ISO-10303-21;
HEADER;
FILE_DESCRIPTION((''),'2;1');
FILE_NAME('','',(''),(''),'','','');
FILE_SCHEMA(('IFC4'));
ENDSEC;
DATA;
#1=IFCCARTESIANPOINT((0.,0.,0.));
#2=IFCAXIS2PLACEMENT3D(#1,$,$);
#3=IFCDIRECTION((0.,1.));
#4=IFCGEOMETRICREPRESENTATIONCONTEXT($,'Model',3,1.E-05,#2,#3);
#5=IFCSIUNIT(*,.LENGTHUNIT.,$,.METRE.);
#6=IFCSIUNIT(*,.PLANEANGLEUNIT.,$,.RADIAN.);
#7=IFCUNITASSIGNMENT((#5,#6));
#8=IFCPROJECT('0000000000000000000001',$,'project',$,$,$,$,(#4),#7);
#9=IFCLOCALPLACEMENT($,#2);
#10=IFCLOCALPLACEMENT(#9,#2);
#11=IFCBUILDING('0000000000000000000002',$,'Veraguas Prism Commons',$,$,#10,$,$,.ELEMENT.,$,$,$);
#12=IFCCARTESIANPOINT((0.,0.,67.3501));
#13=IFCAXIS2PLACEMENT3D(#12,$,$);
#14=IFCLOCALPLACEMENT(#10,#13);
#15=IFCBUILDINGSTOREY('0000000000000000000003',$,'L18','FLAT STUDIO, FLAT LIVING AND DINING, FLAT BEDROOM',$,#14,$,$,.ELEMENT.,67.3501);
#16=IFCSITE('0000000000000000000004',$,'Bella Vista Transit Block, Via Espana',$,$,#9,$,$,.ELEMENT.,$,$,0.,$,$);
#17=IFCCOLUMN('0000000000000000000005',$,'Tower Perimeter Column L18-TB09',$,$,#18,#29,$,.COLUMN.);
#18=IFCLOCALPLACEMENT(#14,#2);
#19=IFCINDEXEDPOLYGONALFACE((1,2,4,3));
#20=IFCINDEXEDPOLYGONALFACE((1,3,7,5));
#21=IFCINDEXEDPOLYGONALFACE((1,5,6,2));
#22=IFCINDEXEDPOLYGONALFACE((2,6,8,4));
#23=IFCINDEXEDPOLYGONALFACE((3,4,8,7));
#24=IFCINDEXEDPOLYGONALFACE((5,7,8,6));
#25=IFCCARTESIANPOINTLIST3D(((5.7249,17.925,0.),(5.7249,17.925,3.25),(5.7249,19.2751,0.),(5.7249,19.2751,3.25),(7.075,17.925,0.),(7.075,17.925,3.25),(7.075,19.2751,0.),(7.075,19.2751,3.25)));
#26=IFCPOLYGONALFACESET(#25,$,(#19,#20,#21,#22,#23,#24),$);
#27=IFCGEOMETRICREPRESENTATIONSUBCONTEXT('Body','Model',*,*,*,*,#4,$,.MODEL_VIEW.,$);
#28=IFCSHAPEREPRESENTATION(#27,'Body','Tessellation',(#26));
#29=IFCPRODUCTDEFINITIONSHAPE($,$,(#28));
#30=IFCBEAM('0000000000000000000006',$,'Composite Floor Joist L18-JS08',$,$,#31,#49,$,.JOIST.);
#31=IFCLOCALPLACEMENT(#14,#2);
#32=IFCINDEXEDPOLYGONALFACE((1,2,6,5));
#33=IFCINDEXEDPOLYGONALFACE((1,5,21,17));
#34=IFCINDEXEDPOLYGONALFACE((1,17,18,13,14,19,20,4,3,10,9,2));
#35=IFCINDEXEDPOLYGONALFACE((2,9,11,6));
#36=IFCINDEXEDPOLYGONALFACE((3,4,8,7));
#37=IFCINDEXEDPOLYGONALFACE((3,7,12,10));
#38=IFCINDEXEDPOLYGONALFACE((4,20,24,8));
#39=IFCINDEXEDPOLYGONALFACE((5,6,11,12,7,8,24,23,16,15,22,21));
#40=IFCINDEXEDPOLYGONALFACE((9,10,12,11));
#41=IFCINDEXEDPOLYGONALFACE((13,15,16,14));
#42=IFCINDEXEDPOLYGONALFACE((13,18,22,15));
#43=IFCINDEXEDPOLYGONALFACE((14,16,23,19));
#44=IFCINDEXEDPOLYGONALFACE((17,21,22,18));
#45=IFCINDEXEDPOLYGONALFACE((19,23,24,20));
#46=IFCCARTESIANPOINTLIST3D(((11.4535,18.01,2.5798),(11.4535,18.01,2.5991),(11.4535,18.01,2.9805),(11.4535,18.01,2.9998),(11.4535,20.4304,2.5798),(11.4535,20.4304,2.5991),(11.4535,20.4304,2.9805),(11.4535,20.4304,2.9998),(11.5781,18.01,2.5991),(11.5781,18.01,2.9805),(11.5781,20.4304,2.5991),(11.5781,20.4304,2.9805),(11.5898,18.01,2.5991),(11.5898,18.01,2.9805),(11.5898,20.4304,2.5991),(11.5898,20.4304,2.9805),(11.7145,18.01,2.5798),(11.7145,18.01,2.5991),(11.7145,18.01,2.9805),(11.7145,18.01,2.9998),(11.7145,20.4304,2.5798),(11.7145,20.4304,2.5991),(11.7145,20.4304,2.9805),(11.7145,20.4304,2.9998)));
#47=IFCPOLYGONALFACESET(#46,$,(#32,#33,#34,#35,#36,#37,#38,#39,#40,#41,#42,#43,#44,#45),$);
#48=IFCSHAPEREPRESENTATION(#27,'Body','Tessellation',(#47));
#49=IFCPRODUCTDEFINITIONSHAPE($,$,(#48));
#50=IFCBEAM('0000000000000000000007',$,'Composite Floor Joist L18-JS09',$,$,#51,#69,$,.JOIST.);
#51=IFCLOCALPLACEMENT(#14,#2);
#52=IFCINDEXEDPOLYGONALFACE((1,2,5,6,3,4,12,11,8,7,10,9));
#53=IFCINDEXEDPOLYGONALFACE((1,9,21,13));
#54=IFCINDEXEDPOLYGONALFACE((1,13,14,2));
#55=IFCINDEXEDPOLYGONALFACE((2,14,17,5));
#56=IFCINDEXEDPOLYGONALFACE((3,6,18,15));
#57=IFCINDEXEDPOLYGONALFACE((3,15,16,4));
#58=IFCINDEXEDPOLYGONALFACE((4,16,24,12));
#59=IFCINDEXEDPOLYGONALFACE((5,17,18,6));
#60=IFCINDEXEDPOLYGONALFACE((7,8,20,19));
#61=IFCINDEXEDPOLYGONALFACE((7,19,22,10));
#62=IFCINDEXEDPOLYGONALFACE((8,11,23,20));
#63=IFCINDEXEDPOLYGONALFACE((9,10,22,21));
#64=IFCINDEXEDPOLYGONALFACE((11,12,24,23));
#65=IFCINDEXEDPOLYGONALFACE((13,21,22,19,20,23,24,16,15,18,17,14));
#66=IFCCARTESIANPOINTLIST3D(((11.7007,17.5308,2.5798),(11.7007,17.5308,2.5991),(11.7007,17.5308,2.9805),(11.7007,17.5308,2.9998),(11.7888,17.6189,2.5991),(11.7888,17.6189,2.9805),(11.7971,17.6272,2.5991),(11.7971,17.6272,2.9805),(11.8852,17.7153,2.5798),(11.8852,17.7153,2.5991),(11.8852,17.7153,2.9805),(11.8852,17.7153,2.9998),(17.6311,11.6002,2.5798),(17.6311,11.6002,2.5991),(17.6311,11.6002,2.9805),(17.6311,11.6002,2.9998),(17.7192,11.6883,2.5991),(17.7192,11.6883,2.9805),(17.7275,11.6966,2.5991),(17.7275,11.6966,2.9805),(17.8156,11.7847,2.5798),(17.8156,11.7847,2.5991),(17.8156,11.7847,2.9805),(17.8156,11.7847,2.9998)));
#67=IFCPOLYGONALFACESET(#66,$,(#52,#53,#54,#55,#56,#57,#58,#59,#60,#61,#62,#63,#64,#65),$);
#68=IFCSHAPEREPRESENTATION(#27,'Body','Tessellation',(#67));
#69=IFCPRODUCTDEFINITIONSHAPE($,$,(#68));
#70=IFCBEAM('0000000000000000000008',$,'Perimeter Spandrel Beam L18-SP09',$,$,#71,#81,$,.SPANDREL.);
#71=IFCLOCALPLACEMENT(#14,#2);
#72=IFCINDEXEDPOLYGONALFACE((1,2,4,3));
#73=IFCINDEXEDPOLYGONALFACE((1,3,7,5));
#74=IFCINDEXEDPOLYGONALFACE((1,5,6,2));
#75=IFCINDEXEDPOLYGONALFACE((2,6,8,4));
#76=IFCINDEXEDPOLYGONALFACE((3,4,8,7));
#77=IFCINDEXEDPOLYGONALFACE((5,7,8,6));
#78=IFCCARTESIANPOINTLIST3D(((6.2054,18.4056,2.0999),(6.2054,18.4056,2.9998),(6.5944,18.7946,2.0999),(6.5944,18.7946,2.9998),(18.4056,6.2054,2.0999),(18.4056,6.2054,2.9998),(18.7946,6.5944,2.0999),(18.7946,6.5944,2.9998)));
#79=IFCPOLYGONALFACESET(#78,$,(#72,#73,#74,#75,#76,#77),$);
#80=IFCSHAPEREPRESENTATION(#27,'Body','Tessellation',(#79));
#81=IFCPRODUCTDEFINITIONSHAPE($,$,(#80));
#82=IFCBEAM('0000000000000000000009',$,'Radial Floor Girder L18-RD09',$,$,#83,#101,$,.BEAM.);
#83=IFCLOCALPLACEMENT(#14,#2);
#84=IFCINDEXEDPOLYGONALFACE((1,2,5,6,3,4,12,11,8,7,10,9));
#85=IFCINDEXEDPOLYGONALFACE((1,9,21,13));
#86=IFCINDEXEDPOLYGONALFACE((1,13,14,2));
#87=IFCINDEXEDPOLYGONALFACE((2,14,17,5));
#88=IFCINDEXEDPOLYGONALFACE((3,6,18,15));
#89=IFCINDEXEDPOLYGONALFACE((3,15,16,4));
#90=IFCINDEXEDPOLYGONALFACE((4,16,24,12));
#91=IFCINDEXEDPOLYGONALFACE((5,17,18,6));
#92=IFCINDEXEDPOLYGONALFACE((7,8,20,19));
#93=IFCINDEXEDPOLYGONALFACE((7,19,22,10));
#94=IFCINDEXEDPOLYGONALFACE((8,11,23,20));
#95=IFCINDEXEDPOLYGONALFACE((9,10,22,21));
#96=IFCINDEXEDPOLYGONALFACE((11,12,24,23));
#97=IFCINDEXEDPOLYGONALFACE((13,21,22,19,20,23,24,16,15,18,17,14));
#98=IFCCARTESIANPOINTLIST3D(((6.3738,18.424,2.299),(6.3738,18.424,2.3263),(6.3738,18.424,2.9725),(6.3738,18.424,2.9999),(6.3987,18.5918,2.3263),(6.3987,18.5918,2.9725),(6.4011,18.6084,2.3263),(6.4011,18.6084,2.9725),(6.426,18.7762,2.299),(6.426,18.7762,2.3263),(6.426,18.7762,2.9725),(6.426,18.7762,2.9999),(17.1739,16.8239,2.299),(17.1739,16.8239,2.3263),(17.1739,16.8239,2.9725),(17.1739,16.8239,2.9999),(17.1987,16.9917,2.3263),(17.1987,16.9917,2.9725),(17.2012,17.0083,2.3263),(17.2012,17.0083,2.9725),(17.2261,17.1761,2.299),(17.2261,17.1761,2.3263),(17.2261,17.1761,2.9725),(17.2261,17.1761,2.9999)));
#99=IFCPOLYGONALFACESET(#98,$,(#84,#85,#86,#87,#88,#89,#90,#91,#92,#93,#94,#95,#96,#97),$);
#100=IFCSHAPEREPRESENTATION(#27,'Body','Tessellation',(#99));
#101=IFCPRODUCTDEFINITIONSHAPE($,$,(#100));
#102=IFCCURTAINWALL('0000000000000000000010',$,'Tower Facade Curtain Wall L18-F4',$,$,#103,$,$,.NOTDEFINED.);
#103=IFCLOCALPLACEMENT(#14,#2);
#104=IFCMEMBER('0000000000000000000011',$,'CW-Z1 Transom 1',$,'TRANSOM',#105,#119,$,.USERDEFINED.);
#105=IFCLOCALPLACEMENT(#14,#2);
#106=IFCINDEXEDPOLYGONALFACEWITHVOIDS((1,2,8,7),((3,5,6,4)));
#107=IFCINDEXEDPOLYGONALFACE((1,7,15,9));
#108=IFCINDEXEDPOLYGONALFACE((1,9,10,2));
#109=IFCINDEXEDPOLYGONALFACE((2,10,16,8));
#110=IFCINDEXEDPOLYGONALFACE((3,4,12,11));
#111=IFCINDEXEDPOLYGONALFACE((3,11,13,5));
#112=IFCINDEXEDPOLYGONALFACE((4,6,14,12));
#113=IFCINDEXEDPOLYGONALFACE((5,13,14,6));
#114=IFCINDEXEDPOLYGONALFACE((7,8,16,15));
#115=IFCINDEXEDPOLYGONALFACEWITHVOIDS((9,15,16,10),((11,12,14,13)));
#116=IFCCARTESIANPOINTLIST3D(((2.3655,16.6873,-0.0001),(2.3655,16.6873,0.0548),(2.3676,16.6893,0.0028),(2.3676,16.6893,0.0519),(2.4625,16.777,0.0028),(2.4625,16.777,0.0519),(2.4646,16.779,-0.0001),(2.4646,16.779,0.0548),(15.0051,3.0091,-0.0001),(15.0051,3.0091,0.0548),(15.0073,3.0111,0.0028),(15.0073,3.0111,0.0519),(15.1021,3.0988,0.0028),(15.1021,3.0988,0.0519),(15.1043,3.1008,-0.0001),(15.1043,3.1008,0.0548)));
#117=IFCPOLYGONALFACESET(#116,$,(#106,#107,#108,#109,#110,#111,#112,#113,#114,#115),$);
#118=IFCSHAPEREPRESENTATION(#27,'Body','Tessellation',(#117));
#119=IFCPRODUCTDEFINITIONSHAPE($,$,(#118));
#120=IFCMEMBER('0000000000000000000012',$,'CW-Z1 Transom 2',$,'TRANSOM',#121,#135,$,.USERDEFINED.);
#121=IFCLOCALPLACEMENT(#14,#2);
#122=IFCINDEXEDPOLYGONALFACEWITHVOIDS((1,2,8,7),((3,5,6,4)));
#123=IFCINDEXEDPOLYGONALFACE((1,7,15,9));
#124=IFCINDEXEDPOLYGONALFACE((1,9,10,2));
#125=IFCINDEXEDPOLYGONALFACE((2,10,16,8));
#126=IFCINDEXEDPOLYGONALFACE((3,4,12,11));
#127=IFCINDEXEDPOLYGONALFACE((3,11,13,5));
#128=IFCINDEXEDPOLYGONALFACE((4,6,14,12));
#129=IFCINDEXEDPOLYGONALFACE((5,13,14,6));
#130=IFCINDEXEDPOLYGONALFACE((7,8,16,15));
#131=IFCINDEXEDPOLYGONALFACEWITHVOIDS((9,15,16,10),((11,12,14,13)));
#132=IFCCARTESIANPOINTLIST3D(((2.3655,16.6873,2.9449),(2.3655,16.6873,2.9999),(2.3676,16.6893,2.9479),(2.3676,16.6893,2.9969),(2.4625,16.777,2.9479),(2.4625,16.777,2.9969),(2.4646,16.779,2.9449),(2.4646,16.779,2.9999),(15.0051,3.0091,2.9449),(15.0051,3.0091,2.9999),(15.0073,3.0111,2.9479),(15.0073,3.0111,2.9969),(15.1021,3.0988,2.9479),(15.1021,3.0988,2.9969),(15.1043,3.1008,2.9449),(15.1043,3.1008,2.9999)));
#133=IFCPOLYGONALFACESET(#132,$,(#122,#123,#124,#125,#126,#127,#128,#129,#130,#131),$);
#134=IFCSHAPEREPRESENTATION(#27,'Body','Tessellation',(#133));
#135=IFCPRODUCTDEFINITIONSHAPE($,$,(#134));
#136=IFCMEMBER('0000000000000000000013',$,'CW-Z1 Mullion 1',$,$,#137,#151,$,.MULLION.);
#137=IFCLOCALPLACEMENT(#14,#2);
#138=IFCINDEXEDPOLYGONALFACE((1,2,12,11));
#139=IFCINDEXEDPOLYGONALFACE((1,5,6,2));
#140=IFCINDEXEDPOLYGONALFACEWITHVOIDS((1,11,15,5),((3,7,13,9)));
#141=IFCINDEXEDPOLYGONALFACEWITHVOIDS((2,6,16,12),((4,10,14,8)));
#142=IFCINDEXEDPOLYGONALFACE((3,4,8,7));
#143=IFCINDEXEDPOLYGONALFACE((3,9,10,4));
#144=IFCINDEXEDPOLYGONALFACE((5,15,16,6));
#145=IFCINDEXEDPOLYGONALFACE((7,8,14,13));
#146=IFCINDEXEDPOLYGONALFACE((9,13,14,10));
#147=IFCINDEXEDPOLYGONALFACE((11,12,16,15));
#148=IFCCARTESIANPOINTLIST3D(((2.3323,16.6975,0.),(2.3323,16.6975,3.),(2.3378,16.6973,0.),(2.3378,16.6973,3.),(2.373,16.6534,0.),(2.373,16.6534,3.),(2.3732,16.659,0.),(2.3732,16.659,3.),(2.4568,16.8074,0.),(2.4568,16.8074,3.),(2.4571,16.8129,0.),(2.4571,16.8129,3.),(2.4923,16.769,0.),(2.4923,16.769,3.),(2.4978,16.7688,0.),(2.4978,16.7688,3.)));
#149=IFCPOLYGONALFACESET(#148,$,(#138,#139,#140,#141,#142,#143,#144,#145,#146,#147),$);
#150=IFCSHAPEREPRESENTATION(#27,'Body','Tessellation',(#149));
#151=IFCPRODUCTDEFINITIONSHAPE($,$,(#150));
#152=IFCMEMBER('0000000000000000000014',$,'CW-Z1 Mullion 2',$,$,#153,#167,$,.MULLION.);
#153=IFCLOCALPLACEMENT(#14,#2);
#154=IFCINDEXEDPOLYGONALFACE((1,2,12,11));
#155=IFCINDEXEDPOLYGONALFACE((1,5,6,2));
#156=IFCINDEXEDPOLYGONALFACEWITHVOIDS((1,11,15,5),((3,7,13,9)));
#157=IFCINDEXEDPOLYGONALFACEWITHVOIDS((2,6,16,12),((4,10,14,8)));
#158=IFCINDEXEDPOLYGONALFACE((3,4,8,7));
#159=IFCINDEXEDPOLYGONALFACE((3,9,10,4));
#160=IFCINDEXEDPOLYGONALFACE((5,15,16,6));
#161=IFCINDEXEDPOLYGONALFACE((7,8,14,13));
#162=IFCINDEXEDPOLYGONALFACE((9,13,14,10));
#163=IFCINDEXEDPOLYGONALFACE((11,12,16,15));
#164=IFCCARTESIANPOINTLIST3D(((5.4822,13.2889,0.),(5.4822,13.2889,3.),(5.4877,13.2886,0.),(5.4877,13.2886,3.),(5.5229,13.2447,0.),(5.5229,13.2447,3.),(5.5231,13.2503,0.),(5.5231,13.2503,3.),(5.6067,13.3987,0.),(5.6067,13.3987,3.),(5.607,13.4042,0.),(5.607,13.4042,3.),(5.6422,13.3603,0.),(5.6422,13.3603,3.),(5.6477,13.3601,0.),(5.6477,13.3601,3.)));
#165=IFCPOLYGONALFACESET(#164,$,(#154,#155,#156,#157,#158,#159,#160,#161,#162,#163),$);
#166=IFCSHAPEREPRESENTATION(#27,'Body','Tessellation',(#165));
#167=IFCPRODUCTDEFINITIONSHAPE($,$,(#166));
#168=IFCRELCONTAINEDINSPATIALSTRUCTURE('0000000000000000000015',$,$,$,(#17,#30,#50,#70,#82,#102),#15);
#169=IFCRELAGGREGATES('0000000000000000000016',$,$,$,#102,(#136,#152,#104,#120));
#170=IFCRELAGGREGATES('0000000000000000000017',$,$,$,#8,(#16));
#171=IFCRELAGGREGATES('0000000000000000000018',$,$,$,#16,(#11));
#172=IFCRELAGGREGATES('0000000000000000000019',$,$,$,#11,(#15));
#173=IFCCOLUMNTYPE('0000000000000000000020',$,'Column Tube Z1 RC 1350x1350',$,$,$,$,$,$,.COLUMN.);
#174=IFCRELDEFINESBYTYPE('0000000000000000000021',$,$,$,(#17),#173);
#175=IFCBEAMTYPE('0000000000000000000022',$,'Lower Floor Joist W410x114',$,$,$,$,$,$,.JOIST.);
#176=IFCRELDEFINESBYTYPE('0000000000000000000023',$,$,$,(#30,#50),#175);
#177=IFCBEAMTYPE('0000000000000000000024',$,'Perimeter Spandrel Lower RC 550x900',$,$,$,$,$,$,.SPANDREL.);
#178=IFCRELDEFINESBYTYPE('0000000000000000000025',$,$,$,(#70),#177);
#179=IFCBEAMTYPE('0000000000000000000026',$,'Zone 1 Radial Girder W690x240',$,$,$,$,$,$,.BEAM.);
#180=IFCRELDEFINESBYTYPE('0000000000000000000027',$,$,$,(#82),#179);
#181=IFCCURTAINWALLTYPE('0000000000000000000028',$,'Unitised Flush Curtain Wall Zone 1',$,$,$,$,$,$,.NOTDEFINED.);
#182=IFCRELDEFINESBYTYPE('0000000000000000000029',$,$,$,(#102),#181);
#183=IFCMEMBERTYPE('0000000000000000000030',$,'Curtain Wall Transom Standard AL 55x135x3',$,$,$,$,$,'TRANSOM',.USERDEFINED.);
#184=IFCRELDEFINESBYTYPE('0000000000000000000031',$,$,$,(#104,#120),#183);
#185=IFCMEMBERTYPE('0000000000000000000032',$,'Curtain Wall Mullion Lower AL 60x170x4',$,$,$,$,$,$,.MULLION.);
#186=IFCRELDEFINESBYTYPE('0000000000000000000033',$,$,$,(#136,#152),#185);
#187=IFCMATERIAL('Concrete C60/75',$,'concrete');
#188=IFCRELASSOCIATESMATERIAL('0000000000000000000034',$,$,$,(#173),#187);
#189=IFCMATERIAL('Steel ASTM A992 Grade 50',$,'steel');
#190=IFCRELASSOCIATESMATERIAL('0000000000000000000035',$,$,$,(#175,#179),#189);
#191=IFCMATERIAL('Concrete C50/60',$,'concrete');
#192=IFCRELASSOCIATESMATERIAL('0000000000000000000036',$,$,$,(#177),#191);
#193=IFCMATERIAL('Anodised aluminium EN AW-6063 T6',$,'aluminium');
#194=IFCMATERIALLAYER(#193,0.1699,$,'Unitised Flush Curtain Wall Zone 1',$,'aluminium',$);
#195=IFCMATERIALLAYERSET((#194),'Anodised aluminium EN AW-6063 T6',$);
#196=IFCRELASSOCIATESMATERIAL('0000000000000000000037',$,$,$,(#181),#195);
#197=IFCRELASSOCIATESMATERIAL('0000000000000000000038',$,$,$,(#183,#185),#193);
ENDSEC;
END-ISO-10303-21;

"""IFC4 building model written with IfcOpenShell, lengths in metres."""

from ifc_helpers import new_model, si_unit, direction, frame, origin, origin_2d, place, context, subcontext, project, spatial, rectangle, hollow_rectangle, i_section, extrude, source, transform, mapped, material, layer, layer_set, material_profile, profile_set, type_object, element, aggregate, save


model = new_model("IFC4")

# Units and contexts
model_context = context("Model", 3, precision=1e-05, world=origin(), true_north=direction((0.0, 1.0)))
body_context = subcontext(model_context, "Body", "Model", "MODEL_VIEW")
ifc_project = project(units=[si_unit("LENGTHUNIT", "METRE"), si_unit("PLANEANGLEUNIT", "RADIAN")], contexts=[model_context])

# Site, building, storey
site_placement = place(None, origin())
site = spatial("IfcSite", under=ifc_project, at=site_placement, Name="Bella Vista Transit Block, Via Espana", CompositionType="ELEMENT", RefElevation=0.0)
building_placement = place(site_placement, origin())
building = spatial("IfcBuilding", under=site, at=building_placement, Name="Veraguas Prism Commons", CompositionType="ELEMENT")
storey_placement = place(building_placement, frame((0.0, 0.0, 67.3501)))
storey = spatial("IfcBuildingStorey", under=building, at=storey_placement, Name="L18", Description="FLAT STUDIO, FLAT LIVING AND DINING, FLAT BEDROOM", CompositionType="ELEMENT", Elevation=67.3501)

# Column
ifc_material_1 = material(Name="Concrete C60/75", Category="concrete")
ifc_material_profile_1 = material_profile(ifc_material_1, rectangle(XDim=1.3501, YDim=1.3501, at=origin_2d()), Name="RC1350X1350")
ifc_profile_set_1 = profile_set([ifc_material_profile_1], Name="Concrete C60/75")
column_type = type_object("IfcColumnType", Name="Column Tube Z1 RC 1350x1350", PredefinedType="COLUMN", material=ifc_profile_set_1)
column_placement = place(storey_placement, frame((6.3999, 18.6001, 0.0), z_axis=(0.0, 0.0, 1.0), x_axis=(1.0, 0.0, 0.0)))
element("IfcColumn", 1, at=column_placement, inside=storey, type_object=column_type, Name="Tower Perimeter Column L18-TB09", PredefinedType="COLUMN", context=body_context, shape_type="SweptSolid", body=[
    extrude(rectangle(XDim=1.3501, YDim=1.3501, at=origin_2d()), origin(), (0.0, 0.0, 1.0), 3.25),
])

# Beams
ifc_material_2 = material(Name="Steel ASTM A992 Grade 50", Category="steel")
ifc_material_profile_2 = material_profile(ifc_material_2, i_section(OverallWidth=0.261, OverallDepth=0.4199, WebThickness=0.0117, FlangeThickness=0.0193, at=origin_2d()), Name="W410X114")
ifc_profile_set_2 = profile_set([ifc_material_profile_2], Name="Steel ASTM A992 Grade 50")
beam_type_1 = type_object("IfcBeamType", Name="Lower Floor Joist W410x114", PredefinedType="JOIST", material=ifc_profile_set_2)
beam_1_placement = place(storey_placement, frame((11.584, 20.4304, 2.7898), z_axis=(0.0, -1.0, 0.0), x_axis=(1.0, 0.0, 0.0)))
element("IfcBeam", 2, at=beam_1_placement, inside=storey, type_object=beam_type_1, Name="Composite Floor Joist L18-JS08", PredefinedType="JOIST", context=body_context, shape_type="SweptSolid", body=[
    extrude(i_section(OverallWidth=0.261, OverallDepth=0.4199, WebThickness=0.0117, FlangeThickness=0.0193, at=origin_2d()), origin(), (0.0, 0.0, 1.0), 2.4204),
])
beam_2_placement = place(storey_placement, frame((11.793, 17.623, 2.7898), z_axis=(0.707092, -0.707121, 0.0), x_axis=(0.707121, 0.707092, 0.0)))
element("IfcBeam", 3, at=beam_2_placement, inside=storey, type_object=beam_type_1, Name="Composite Floor Joist L18-JS09", PredefinedType="JOIST", context=body_context, shape_type="SweptSolid", body=[
    extrude(i_section(OverallWidth=0.261, OverallDepth=0.4199, WebThickness=0.0117, FlangeThickness=0.0193, at=origin_2d()), origin(), (0.0, 0.0, 1.0), 8.387),
])
ifc_material_3 = material(Name="Concrete C50/60", Category="concrete")
ifc_material_profile_3 = material_profile(ifc_material_3, rectangle(XDim=0.55, YDim=0.8999, at=origin_2d()), Name="RC550X900")
ifc_profile_set_3 = profile_set([ifc_material_profile_3], Name="Concrete C50/60")
beam_type_2 = type_object("IfcBeamType", Name="Perimeter Spandrel Lower RC 550x900", PredefinedType="SPANDREL", material=ifc_profile_set_3)
beam_3_placement = place(storey_placement, frame((6.3999, 18.6001, 2.5498), z_axis=(0.707107, -0.707107, 0.0), x_axis=(0.707107, 0.707107, 0.0)))
element("IfcBeam", 4, at=beam_3_placement, inside=storey, type_object=beam_type_2, Name="Perimeter Spandrel Beam L18-SP09", PredefinedType="SPANDREL", context=body_context, shape_type="SweptSolid", body=[
    extrude(rectangle(XDim=0.55, YDim=0.8999, at=origin_2d()), origin(), (0.0, 0.0, 1.0), 17.2537),
])
ifc_material_profile_4 = material_profile(ifc_material_2, i_section(OverallWidth=0.356, OverallDepth=0.7009, WebThickness=0.0168, FlangeThickness=0.0273, at=origin_2d()), Name="W690X240")
ifc_profile_set_4 = profile_set([ifc_material_profile_4], Name="Steel ASTM A992 Grade 50")
beam_type_3 = type_object("IfcBeamType", Name="Zone 1 Radial Girder W690x240", PredefinedType="BEAM", material=ifc_profile_set_4)
beam_4_placement = place(storey_placement, frame((6.3999, 18.6001, 2.6494), z_axis=(0.989202, -0.146557, 0.0), x_axis=(0.146557, 0.989202, 0.0)))
element("IfcBeam", 5, at=beam_4_placement, inside=storey, type_object=beam_type_3, Name="Radial Floor Girder L18-RD09", PredefinedType="BEAM", context=body_context, shape_type="SweptSolid", body=[
    extrude(i_section(OverallWidth=0.356, OverallDepth=0.7009, WebThickness=0.0168, FlangeThickness=0.0273, at=origin_2d()), origin(), (0.0, 0.0, 1.0), 10.918),
])

# Curtain wall, members
ifc_material_4 = material(Name="Anodised aluminium EN AW-6063 T6", Category="aluminium")
ifc_layer_1 = layer(ifc_material_4, 0.1699, Name="Unitised Flush Curtain Wall Zone 1", Category="aluminium")
ifc_layer_set_1 = layer_set([ifc_layer_1], Name="Anodised aluminium EN AW-6063 T6")
curtain_wall_type = type_object("IfcCurtainWallType", Name="Unitised Flush Curtain Wall Zone 1", PredefinedType="NOTDEFINED", material=ifc_layer_set_1)
curtain_wall_1_placement = place(storey_placement, origin())
curtain_wall_1 = element("IfcCurtainWall", 6, at=curtain_wall_1_placement, inside=storey, type_object=curtain_wall_type, Name="Tower Facade Curtain Wall L18-F4", PredefinedType="NOTDEFINED")
ifc_material_profile_5 = material_profile(ifc_material_4, hollow_rectangle(XDim=0.0549, YDim=0.135, WallThickness=0.0029, at=origin_2d()), Name="AL55X135X3")
ifc_profile_set_5 = profile_set([ifc_material_profile_5], Name="Anodised aluminium EN AW-6063 T6")
member_type_1 = type_object("IfcMemberType", Name="Curtain Wall Transom Standard AL 55x135x3", ElementType="TRANSOM", PredefinedType="USERDEFINED", material=ifc_profile_set_5)
shared_shape_1 = source(origin(), body_context, "Body", "SweptSolid", [
    extrude(hollow_rectangle(XDim=0.0549, YDim=0.135, WallThickness=0.0029, at=origin_2d()), origin(), (0.0, 0.0, 1.0), 18.624),
])
member_1_placement = place(storey_placement, frame((2.415, 16.7332, 0.0273), z_axis=(0.678674, -0.734439, 0.0), x_axis=(0.0, 0.0, 1.0)))
member_1 = element("IfcMember", 7, at=member_1_placement, type_object=member_type_1, Name="CW-Z1 Transom 1", ObjectType="TRANSOM", PredefinedType="USERDEFINED", context=body_context, shape_type="MappedRepresentation", body=[
    mapped(shared_shape_1, transform((0.0, 0.0, 0.0), scale=1.0)),
])
member_2_placement = place(storey_placement, frame((2.415, 16.7332, 2.9724), z_axis=(0.678674, -0.734439, 0.0), x_axis=(0.0, 0.0, 1.0)))
member_2 = element("IfcMember", 8, at=member_2_placement, type_object=member_type_1, Name="CW-Z1 Transom 2", ObjectType="TRANSOM", PredefinedType="USERDEFINED", context=body_context, shape_type="MappedRepresentation", body=[
    mapped(shared_shape_1, transform((0.0, 0.0, 0.0), scale=1.0)),
])
ifc_material_profile_6 = material_profile(ifc_material_4, hollow_rectangle(XDim=0.0601, YDim=0.1699, WallThickness=0.0039, at=origin_2d()), Name="AL60X170X4")
ifc_profile_set_6 = profile_set([ifc_material_profile_6], Name="Anodised aluminium EN AW-6063 T6")
member_type_2 = type_object("IfcMemberType", Name="Curtain Wall Mullion Lower AL 60x170x4", PredefinedType="MULLION", material=ifc_profile_set_6)
shared_shape_2 = source(origin(), body_context, "Body", "SweptSolid", [
    extrude(hollow_rectangle(XDim=0.0601, YDim=0.1699, WallThickness=0.0039, at=origin_2d()), origin(), (0.0, 0.0, 1.0), 3.0),
])
member_3_placement = place(storey_placement, frame((2.415, 16.7332, 0.0), z_axis=(0.0, 0.0, 1.0), x_axis=(0.678678, -0.734436, 0.0)))
member_3 = element("IfcMember", 9, at=member_3_placement, type_object=member_type_2, Name="CW-Z1 Mullion 1", PredefinedType="MULLION", context=body_context, shape_type="MappedRepresentation", body=[
    mapped(shared_shape_2, transform((0.0, 0.0, 0.0), scale=1.0)),
])
member_4_placement = place(storey_placement, frame((5.5649, 13.3245, 0.0), z_axis=(0.0, 0.0, 1.0), x_axis=(0.678678, -0.734436, 0.0)))
member_4 = element("IfcMember", 10, at=member_4_placement, type_object=member_type_2, Name="CW-Z1 Mullion 2", PredefinedType="MULLION", context=body_context, shape_type="MappedRepresentation", body=[
    mapped(shared_shape_2, transform((0.0, 0.0, 0.0), scale=1.0)),
])

aggregate(curtain_wall_1, [member_3, member_4, member_1, member_2])

save(model, "model.ifc")
